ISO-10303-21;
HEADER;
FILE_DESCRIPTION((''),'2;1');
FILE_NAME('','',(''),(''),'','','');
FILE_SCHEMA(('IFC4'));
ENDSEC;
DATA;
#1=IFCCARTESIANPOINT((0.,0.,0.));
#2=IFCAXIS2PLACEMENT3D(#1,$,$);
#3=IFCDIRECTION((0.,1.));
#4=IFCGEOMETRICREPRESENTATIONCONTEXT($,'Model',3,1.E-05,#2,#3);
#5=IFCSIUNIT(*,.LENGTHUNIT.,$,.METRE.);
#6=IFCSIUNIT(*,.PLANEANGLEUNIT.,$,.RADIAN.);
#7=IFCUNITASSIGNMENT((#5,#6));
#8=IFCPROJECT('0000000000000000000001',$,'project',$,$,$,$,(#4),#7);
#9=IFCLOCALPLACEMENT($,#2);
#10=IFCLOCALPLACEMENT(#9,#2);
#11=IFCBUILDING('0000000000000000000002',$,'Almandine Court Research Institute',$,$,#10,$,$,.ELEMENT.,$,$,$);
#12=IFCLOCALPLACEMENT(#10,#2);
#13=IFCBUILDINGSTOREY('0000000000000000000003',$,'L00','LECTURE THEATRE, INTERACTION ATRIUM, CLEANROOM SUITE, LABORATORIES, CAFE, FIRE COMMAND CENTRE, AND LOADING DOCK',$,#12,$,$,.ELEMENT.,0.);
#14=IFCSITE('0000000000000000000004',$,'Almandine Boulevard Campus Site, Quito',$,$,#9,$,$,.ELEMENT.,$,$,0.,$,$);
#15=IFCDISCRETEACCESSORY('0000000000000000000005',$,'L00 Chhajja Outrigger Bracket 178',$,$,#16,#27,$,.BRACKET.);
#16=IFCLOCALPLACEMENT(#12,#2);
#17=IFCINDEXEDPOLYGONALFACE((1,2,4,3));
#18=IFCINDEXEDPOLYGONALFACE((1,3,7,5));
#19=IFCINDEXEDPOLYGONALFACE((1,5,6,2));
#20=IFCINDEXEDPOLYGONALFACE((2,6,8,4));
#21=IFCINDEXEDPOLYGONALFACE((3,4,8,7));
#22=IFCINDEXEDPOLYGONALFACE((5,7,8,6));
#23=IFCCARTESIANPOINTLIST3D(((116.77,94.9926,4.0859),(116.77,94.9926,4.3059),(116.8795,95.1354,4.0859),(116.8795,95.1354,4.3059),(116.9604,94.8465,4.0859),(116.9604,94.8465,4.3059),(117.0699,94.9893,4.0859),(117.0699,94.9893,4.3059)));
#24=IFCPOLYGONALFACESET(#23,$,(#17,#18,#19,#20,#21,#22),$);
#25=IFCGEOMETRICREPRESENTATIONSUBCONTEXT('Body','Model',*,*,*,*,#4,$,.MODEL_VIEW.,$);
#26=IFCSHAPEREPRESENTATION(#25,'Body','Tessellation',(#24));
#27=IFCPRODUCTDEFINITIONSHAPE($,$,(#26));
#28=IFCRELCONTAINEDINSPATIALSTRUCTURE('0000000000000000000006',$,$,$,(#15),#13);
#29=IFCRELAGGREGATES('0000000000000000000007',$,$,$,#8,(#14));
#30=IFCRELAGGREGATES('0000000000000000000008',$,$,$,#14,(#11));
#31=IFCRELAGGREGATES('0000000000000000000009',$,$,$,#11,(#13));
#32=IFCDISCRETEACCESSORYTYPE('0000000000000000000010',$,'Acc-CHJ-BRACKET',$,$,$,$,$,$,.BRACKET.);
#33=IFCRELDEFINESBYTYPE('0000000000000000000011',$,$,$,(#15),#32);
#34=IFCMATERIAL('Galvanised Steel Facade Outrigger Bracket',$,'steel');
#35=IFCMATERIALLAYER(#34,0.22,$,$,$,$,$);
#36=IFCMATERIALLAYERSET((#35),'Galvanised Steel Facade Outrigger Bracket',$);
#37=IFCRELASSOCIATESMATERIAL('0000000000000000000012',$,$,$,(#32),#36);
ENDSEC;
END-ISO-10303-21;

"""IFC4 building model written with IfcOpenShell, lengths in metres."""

from ifc_helpers import new_model, si_unit, direction, frame, origin, origin_2d, place, context, subcontext, project, spatial, rectangle, extrude, material, layer, layer_set, type_object, element, save


model = new_model("IFC4")

# Units and contexts
model_context = context("Model", 3, precision=1e-05, world=origin(), true_north=direction((0.0, 1.0)))
body_context = subcontext(model_context, "Body", "Model", "MODEL_VIEW")
ifc_project = project(units=[si_unit("LENGTHUNIT", "METRE"), si_unit("PLANEANGLEUNIT", "RADIAN")], contexts=[model_context])

# Site, building, storey
site_placement = place(None, origin())
site = spatial("IfcSite", under=ifc_project, at=site_placement, Name="Almandine Boulevard Campus Site, Quito", CompositionType="ELEMENT", RefElevation=0.0)
building_placement = place(site_placement, origin())
building = spatial("IfcBuilding", under=site, at=building_placement, Name="Almandine Court Research Institute", CompositionType="ELEMENT")
storey_placement = place(building_placement, origin())
storey = spatial("IfcBuildingStorey", under=building, at=storey_placement, Name="L00", Description="LECTURE THEATRE, INTERACTION ATRIUM, CLEANROOM SUITE, LABORATORIES, CAFE, FIRE COMMAND CENTRE, AND LOADING DOCK", CompositionType="ELEMENT", Elevation=0.0)

# Discrete accessory
ifc_material_1 = material(Name="Galvanised Steel Facade Outrigger Bracket", Category="steel")
ifc_layer_1 = layer(ifc_material_1, 0.22)
ifc_layer_set_1 = layer_set([ifc_layer_1], Name="Galvanised Steel Facade Outrigger Bracket")
discrete_accessory_type = type_object("IfcDiscreteAccessoryType", Name="Acc-CHJ-BRACKET", PredefinedType="BRACKET", material=ifc_layer_set_1)
discrete_accessory_placement = place(storey_placement, frame((116.9199, 94.991, 4.0859), z_axis=(0.0, 0.0, 1.0), x_axis=(0.793353, -0.608761, 0.0)))
element("IfcDiscreteAccessory", 1, at=discrete_accessory_placement, inside=storey, type_object=discrete_accessory_type, Name="L00 Chhajja Outrigger Bracket 178", PredefinedType="BRACKET", context=body_context, shape_type="SweptSolid", body=[
    extrude(rectangle(XDim=0.24, YDim=0.1799, at=origin_2d()), origin(), (0.0, 0.0, 1.0), 0.22),
])

save(model, "model.ifc")
